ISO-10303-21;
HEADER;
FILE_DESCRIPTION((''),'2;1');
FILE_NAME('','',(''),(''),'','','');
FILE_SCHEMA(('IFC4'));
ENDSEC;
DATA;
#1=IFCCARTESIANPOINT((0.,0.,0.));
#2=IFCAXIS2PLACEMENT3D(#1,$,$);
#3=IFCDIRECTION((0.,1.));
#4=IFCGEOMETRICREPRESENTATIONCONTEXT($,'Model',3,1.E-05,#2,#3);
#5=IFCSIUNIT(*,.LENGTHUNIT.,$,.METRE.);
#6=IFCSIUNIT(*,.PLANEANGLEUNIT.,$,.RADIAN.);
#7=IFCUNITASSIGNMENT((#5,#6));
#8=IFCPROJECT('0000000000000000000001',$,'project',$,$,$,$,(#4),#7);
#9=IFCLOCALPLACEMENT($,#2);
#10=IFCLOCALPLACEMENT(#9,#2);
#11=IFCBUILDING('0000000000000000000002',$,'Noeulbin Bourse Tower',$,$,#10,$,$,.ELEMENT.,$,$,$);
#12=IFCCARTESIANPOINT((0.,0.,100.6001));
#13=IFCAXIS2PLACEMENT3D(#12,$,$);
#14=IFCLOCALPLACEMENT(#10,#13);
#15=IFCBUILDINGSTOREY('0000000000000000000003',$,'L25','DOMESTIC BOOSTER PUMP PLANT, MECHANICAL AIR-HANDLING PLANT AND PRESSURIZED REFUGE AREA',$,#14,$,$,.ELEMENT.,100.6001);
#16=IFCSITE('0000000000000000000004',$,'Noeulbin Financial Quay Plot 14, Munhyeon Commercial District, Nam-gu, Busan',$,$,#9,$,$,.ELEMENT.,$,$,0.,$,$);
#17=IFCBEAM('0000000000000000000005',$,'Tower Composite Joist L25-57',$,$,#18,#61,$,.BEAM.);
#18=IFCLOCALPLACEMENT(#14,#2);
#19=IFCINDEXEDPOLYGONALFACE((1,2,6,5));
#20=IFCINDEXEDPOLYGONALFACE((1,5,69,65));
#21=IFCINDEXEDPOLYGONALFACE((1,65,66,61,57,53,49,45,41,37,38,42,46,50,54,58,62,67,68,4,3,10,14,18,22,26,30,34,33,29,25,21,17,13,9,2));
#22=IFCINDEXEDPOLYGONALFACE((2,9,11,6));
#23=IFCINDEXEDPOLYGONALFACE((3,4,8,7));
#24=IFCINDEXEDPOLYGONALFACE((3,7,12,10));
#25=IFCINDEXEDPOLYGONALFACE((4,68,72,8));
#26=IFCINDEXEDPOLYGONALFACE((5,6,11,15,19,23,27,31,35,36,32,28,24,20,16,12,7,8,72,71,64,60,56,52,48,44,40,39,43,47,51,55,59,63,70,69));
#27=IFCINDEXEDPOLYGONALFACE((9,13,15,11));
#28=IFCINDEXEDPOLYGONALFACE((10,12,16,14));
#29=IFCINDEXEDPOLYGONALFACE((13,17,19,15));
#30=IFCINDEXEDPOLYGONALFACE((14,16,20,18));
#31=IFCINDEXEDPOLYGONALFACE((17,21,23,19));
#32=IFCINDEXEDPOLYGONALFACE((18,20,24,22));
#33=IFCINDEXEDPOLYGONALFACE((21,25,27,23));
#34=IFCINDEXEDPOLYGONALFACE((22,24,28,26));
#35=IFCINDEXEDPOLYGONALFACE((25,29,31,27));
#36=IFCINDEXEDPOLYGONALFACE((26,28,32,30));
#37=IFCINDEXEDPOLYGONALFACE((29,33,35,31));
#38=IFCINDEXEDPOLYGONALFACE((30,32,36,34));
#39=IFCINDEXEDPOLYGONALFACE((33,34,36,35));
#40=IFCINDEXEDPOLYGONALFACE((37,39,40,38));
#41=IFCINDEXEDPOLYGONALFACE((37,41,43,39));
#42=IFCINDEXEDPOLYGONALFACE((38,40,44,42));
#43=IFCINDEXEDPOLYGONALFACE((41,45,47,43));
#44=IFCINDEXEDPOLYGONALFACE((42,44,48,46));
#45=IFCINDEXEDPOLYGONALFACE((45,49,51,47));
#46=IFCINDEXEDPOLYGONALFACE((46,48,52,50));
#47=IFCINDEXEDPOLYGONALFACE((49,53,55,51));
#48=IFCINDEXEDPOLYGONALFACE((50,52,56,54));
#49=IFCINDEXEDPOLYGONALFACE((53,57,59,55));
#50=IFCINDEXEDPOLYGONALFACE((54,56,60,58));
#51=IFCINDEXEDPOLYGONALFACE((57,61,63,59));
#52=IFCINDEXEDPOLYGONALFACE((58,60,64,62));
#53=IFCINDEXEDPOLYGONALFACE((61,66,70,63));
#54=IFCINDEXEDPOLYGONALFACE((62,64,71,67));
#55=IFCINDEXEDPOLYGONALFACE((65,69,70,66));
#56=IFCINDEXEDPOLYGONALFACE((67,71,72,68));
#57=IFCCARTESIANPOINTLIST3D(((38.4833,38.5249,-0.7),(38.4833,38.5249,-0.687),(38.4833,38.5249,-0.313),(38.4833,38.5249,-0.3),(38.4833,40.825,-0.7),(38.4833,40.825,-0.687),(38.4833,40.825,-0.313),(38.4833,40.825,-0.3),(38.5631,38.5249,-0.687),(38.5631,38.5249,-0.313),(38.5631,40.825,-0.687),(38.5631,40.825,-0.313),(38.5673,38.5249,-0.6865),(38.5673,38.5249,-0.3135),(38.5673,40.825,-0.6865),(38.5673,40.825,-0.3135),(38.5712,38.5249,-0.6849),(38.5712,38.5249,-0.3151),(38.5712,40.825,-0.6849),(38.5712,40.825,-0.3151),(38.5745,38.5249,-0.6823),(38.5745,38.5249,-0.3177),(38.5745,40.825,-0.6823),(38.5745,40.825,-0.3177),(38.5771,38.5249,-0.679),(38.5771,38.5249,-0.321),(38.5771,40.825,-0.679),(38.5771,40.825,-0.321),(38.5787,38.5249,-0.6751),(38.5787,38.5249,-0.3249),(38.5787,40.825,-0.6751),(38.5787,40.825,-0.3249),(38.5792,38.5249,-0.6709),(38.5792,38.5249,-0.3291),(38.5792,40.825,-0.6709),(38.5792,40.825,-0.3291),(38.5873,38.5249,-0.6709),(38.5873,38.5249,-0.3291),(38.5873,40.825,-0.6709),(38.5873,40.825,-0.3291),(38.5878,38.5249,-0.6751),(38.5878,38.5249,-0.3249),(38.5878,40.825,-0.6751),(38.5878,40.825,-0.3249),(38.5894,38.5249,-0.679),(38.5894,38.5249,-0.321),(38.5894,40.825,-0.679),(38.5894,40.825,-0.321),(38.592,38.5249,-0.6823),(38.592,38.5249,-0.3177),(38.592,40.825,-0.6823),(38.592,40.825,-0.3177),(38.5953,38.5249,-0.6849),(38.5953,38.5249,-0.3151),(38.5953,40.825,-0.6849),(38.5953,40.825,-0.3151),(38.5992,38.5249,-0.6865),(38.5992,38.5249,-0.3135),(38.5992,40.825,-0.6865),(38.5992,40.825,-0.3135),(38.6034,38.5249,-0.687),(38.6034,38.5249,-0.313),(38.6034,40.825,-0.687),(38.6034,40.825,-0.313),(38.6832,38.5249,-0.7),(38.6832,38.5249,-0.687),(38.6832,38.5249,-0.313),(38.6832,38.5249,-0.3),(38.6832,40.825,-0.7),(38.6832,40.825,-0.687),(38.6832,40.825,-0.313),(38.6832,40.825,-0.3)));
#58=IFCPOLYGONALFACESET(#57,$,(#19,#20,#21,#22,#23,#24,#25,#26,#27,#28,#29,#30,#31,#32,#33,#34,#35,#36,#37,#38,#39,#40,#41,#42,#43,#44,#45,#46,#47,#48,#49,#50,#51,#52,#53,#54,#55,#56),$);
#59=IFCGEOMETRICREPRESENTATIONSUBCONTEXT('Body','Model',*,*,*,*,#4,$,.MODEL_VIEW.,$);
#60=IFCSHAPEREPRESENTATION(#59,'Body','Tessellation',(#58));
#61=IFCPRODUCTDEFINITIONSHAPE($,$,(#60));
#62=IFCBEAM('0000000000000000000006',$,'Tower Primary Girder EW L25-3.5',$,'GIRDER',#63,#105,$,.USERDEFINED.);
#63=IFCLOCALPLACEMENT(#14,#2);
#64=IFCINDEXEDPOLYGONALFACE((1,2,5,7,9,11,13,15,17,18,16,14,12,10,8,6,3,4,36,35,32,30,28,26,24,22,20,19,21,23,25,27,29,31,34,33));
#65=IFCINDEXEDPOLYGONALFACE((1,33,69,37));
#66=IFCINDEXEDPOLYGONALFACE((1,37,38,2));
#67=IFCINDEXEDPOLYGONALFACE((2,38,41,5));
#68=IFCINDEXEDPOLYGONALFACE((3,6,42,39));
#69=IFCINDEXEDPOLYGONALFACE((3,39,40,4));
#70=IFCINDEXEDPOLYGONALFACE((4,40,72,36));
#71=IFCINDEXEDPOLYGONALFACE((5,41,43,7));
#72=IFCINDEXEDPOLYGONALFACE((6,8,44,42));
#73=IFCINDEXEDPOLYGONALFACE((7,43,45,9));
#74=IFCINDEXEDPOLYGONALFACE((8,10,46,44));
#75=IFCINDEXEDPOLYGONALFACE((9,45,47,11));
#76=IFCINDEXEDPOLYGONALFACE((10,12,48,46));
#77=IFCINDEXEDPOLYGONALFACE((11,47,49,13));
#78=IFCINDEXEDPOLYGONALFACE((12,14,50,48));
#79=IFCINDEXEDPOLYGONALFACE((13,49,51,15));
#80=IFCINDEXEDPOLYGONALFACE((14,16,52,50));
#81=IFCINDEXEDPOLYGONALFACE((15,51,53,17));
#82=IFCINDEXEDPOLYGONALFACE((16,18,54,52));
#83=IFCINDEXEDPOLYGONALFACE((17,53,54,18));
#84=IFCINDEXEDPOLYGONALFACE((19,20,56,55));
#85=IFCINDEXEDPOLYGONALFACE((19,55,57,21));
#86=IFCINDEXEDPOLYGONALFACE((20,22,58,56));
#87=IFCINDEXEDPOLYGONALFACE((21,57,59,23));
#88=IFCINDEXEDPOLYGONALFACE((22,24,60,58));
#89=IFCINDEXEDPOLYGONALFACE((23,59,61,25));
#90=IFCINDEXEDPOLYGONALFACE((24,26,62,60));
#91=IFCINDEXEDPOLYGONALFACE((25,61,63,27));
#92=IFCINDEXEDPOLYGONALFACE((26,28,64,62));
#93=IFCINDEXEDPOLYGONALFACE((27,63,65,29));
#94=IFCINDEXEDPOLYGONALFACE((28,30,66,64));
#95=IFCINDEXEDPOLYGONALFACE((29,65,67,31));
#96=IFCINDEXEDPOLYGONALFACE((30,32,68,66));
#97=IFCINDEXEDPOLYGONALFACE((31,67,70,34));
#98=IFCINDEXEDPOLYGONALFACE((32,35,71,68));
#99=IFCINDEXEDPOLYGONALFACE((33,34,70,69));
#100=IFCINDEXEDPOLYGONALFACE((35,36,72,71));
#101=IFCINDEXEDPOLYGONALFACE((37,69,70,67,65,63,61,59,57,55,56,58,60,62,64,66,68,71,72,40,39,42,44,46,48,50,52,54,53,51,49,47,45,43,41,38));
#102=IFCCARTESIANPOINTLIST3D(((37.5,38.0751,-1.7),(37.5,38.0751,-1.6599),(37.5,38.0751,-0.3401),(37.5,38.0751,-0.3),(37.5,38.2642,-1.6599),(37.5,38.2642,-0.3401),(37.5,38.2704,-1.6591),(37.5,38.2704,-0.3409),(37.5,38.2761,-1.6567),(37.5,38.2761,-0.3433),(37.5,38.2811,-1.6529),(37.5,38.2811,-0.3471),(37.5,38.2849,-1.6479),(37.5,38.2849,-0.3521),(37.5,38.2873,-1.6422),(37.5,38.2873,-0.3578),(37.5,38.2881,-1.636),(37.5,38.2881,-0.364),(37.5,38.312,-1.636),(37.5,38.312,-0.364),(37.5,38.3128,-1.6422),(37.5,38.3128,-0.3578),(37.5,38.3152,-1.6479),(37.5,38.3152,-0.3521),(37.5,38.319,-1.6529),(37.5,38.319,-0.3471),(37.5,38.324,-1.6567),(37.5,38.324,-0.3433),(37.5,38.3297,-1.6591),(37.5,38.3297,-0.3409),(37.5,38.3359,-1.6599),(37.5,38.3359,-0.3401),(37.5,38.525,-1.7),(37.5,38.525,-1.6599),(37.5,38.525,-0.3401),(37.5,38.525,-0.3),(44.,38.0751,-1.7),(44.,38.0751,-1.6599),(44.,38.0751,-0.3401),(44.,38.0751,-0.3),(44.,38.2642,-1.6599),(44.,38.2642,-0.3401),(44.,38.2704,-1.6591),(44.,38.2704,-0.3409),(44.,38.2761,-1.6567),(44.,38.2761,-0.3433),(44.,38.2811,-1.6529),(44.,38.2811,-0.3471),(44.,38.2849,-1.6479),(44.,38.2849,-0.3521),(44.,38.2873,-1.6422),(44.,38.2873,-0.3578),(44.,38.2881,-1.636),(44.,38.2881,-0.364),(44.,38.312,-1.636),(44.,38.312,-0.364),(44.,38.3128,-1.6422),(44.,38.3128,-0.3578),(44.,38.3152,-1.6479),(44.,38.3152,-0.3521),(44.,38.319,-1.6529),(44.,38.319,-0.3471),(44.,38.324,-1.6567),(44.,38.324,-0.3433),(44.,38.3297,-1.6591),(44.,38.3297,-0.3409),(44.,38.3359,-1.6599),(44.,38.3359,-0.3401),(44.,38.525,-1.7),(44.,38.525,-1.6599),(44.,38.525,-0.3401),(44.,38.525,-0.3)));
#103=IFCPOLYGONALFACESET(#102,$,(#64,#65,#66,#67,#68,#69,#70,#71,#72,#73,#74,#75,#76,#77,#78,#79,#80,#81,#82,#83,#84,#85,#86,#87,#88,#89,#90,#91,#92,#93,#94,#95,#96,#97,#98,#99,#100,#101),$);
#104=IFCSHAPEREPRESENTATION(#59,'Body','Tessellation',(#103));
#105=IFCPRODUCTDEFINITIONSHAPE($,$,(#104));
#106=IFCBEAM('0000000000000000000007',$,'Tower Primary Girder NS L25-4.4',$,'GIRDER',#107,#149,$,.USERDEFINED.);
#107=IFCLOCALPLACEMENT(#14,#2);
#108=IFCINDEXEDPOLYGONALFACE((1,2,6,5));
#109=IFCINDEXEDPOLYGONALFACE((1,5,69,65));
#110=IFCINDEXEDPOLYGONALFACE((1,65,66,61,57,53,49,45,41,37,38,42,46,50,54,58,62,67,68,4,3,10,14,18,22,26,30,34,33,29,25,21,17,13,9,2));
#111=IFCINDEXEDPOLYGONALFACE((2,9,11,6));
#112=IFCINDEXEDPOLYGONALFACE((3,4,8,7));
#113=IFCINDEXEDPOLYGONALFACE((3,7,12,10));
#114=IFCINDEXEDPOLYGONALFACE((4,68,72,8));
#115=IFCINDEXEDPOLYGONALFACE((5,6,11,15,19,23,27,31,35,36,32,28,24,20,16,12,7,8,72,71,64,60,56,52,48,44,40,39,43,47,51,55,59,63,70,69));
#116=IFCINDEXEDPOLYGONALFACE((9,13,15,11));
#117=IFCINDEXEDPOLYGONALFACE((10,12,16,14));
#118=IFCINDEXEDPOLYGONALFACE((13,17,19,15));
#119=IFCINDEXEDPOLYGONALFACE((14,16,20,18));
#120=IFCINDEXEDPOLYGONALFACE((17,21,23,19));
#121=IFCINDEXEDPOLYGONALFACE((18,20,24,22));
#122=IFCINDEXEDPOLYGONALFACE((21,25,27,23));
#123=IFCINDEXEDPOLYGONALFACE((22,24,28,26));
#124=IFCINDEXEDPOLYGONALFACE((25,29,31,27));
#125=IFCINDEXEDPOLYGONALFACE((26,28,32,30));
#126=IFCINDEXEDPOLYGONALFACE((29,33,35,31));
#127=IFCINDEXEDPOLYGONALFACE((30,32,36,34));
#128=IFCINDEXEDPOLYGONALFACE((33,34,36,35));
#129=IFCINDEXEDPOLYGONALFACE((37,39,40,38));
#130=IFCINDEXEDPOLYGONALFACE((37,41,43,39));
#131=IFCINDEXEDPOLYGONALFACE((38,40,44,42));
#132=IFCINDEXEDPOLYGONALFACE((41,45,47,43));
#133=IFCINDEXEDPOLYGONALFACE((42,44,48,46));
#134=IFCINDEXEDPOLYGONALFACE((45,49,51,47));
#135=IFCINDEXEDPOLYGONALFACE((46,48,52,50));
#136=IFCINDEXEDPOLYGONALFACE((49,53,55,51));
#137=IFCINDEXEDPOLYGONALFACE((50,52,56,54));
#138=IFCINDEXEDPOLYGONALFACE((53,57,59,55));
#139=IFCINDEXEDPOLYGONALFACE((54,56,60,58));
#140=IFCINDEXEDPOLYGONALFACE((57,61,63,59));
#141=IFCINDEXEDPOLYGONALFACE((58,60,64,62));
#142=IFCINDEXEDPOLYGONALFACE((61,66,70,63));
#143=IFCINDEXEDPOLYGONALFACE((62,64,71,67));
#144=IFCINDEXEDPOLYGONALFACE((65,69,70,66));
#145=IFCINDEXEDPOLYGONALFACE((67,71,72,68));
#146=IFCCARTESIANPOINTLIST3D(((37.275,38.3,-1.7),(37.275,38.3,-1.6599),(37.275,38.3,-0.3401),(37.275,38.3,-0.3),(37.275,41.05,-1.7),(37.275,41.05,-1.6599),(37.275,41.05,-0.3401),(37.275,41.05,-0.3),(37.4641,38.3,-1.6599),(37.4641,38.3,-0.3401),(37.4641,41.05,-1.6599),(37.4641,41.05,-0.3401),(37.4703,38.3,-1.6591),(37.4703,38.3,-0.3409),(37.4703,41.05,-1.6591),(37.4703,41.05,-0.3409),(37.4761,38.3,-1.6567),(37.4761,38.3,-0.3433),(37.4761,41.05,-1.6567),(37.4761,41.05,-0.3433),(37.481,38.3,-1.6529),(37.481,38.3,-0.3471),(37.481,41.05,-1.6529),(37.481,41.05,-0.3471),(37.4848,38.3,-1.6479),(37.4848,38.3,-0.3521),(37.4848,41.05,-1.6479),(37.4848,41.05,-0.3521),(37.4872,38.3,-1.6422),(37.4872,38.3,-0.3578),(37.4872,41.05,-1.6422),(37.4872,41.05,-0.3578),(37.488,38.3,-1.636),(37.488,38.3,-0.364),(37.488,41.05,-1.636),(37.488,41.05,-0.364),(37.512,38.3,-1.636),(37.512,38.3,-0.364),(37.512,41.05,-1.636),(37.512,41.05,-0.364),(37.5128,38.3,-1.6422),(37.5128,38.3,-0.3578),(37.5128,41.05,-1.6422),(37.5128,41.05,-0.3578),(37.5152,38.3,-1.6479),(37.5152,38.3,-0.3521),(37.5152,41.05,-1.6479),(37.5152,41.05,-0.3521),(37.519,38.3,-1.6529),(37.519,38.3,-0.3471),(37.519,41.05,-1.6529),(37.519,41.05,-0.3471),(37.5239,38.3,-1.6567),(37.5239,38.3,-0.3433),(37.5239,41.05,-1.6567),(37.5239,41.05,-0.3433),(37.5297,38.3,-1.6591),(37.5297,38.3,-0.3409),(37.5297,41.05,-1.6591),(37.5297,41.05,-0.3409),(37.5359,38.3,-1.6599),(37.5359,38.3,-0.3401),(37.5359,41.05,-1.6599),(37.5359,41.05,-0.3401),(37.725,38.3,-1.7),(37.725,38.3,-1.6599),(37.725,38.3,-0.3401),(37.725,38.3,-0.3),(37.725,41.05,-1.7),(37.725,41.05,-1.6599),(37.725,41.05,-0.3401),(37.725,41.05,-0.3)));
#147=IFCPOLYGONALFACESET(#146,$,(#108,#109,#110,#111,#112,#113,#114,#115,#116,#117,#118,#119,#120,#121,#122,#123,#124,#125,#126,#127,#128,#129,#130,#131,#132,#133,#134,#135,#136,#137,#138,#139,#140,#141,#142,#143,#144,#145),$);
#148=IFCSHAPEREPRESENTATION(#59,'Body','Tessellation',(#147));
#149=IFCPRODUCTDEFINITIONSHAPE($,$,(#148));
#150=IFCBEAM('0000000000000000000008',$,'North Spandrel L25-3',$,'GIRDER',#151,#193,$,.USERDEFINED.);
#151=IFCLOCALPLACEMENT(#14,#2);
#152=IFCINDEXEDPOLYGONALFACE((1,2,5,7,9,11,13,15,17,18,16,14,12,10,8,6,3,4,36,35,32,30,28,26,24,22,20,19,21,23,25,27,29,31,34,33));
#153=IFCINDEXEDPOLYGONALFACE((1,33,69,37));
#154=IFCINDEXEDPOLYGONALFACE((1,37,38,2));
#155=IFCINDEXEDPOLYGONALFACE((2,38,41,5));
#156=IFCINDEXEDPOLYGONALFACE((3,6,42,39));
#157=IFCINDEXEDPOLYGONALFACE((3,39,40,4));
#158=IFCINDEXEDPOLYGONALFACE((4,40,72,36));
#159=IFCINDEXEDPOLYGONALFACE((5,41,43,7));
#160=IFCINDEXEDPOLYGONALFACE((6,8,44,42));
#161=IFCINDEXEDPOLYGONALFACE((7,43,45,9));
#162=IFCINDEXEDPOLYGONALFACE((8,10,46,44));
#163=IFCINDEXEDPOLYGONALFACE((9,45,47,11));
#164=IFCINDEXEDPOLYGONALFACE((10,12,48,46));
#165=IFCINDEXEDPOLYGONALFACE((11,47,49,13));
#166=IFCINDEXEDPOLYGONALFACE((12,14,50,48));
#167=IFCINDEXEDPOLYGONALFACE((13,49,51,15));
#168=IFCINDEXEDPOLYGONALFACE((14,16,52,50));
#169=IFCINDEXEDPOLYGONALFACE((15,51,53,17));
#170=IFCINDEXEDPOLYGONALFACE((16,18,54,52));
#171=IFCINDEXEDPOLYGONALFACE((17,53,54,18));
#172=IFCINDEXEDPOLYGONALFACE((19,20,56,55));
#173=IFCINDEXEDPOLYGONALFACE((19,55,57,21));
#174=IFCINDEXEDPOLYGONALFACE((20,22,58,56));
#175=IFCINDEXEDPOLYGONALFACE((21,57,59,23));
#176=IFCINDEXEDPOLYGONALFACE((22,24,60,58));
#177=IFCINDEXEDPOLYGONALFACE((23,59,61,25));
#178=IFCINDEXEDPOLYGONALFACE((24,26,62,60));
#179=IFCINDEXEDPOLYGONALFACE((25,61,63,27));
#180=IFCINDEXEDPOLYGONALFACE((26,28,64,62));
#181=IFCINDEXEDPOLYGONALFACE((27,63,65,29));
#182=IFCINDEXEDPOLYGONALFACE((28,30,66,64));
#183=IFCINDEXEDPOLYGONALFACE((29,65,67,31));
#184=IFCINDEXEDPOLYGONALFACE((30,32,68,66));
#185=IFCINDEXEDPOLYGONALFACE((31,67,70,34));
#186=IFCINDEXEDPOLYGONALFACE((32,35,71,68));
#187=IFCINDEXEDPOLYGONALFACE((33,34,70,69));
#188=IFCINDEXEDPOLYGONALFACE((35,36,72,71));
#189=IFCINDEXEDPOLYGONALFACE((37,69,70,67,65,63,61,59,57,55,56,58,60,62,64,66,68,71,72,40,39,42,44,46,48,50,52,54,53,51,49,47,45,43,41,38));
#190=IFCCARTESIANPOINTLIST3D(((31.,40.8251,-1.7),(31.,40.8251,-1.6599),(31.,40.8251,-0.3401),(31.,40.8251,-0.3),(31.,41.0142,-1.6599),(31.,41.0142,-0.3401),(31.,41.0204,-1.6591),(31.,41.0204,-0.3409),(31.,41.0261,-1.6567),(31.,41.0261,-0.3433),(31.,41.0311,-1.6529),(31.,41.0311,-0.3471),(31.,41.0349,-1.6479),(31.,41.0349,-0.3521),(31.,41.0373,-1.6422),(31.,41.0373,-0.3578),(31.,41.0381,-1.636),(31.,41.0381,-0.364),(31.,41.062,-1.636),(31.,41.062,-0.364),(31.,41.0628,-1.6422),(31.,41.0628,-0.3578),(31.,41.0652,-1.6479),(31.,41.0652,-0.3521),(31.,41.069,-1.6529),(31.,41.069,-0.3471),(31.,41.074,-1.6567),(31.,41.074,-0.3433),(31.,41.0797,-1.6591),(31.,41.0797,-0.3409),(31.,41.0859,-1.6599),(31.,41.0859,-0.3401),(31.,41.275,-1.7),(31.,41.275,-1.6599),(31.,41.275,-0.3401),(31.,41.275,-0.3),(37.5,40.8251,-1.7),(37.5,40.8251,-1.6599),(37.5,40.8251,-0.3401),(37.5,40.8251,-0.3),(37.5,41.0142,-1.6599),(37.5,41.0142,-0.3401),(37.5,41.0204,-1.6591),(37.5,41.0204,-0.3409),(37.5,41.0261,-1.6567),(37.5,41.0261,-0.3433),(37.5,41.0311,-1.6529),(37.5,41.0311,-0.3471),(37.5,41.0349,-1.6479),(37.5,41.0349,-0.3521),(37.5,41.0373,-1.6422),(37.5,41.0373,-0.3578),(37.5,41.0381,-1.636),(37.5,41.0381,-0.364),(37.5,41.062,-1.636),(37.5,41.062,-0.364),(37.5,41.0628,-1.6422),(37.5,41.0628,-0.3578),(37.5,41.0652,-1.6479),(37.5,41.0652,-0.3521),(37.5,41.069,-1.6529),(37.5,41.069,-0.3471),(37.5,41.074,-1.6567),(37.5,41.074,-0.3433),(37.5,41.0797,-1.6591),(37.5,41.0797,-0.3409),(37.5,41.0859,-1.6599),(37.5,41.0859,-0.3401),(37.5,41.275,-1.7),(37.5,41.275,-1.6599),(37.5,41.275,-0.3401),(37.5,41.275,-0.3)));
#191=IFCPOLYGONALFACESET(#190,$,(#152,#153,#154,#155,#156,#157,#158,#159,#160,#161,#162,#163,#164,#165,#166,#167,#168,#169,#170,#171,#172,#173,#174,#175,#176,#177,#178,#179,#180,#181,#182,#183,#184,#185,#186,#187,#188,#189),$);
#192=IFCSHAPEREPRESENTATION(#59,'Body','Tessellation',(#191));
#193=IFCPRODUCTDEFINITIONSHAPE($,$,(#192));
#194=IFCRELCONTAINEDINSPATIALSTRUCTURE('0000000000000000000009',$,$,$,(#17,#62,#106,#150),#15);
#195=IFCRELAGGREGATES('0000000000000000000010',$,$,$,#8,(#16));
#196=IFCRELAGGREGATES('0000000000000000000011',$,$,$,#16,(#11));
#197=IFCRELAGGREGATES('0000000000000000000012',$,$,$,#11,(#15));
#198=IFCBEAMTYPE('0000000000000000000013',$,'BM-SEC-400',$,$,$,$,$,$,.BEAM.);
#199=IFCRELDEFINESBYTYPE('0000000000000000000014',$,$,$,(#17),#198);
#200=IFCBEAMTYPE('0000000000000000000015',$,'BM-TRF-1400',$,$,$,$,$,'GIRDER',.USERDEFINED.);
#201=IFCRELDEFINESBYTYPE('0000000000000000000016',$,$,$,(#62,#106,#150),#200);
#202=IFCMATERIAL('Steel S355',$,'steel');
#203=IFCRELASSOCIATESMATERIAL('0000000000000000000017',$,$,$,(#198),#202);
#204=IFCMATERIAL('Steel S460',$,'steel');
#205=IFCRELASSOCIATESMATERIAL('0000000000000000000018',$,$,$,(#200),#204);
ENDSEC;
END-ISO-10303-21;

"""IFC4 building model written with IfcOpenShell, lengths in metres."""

from ifc_helpers import new_model, si_unit, direction, frame, origin, origin_2d, place, context, subcontext, project, spatial, i_section, extrude, material, material_profile, profile_set, type_object, element, save


model = new_model("IFC4")

# Units and contexts
model_context = context("Model", 3, precision=1e-05, world=origin(), true_north=direction((0.0, 1.0)))
body_context = subcontext(model_context, "Body", "Model", "MODEL_VIEW")
ifc_project = project(units=[si_unit("LENGTHUNIT", "METRE"), si_unit("PLANEANGLEUNIT", "RADIAN")], contexts=[model_context])

# Site, building, storey
site_placement = place(None, origin())
site = spatial("IfcSite", under=ifc_project, at=site_placement, Name="Noeulbin Financial Quay Plot 14, Munhyeon Commercial District, Nam-gu, Busan", CompositionType="ELEMENT", RefElevation=0.0)
building_placement = place(site_placement, origin())
building = spatial("IfcBuilding", under=site, at=building_placement, Name="Noeulbin Bourse Tower", CompositionType="ELEMENT")
storey_placement = place(building_placement, frame((0.0, 0.0, 100.6001)))
storey = spatial("IfcBuildingStorey", under=building, at=storey_placement, Name="L25", Description="DOMESTIC BOOSTER PUMP PLANT, MECHANICAL AIR-HANDLING PLANT AND PRESSURIZED REFUGE AREA", CompositionType="ELEMENT", Elevation=100.6001)

# Shared definitions
ifc_material_1 = material(Name="Steel S460", Category="steel")

# Beams
ifc_material_2 = material(Name="Steel S355", Category="steel")
ifc_material_profile_1 = material_profile(ifc_material_2, i_section(OverallWidth=0.2, OverallDepth=0.3999, WebThickness=0.0081, FlangeThickness=0.0129, FilletRadius=0.0161, at=origin_2d()), Name="H-400x200x8x13", Category="LoadBearing")
ifc_profile_set_1 = profile_set([ifc_material_profile_1], Name="Steel S355")
beam_type_1 = type_object("IfcBeamType", Name="BM-SEC-400", PredefinedType="BEAM", material=ifc_profile_set_1)
for number, where, z_axis, x_axis, name in (
    (1, (38.5833, 38.5249, -0.5), (0.0, 1.0, 0.0), (-1.0, 0.0, 0.0), "Tower Composite Joist L25-57"),
):
    element("IfcBeam", number, at=place(storey_placement, frame(where, z_axis=z_axis, x_axis=x_axis)), inside=storey, type_object=beam_type_1, Name=name, PredefinedType="BEAM", context=body_context, shape_type="SweptSolid", body=[
        extrude(i_section(OverallWidth=0.2, OverallDepth=0.3999, WebThickness=0.0081, FlangeThickness=0.0129, FilletRadius=0.0161, at=origin_2d()), origin(), (0.0, 0.0, 1.0), 2.3),
    ])
ifc_material_profile_2 = material_profile(ifc_material_1, i_section(OverallWidth=0.45, OverallDepth=1.3999, WebThickness=0.0239, FlangeThickness=0.04, FilletRadius=0.0239, at=origin_2d()), Name="PG-1400x450x24x40", Category="LoadBearing")
ifc_profile_set_2 = profile_set([ifc_material_profile_2], Name="Steel S460")
beam_type_2 = type_object("IfcBeamType", Name="BM-TRF-1400", ElementType="GIRDER", PredefinedType="USERDEFINED", material=ifc_profile_set_2)
beam_1_placement = place(storey_placement, frame((37.5, 38.3, -1.0), z_axis=(1.0, 0.0, 0.0), x_axis=(0.0, 1.0, 0.0)))
element("IfcBeam", 2, at=beam_1_placement, inside=storey, type_object=beam_type_2, Name="Tower Primary Girder EW L25-3.5", ObjectType="GIRDER", PredefinedType="USERDEFINED", context=body_context, shape_type="SweptSolid", body=[
    extrude(i_section(OverallWidth=0.45, OverallDepth=1.3999, WebThickness=0.0239, FlangeThickness=0.04, FilletRadius=0.0239, at=origin_2d()), origin(), (0.0, 0.0, 1.0), 6.5),
])
beam_2_placement = place(storey_placement, frame((37.5, 38.3, -1.0), z_axis=(0.0, 1.0, 0.0), x_axis=(-1.0, 0.0, 0.0)))
element("IfcBeam", 3, at=beam_2_placement, inside=storey, type_object=beam_type_2, Name="Tower Primary Girder NS L25-4.4", ObjectType="GIRDER", PredefinedType="USERDEFINED", context=body_context, shape_type="SweptSolid", body=[
    extrude(i_section(OverallWidth=0.45, OverallDepth=1.3999, WebThickness=0.0239, FlangeThickness=0.04, FilletRadius=0.0239, at=origin_2d()), origin(), (0.0, 0.0, 1.0), 2.75),
])
for number, where, z_axis, x_axis, name in (
    (4, (31.0, 41.05, -1.0), (1.0, 0.0, 0.0), (0.0, 1.0, 0.0), "North Spandrel L25-3"),
):
    element("IfcBeam", number, at=place(storey_placement, frame(where, z_axis=z_axis, x_axis=x_axis)), inside=storey, type_object=beam_type_2, Name=name, ObjectType="GIRDER", PredefinedType="USERDEFINED", context=body_context, shape_type="SweptSolid", body=[
        extrude(i_section(OverallWidth=0.45, OverallDepth=1.3999, WebThickness=0.0239, FlangeThickness=0.04, FilletRadius=0.0239, at=origin_2d()), origin(), (0.0, 0.0, 1.0), 6.5),
    ])

save(model, "model.ifc")
